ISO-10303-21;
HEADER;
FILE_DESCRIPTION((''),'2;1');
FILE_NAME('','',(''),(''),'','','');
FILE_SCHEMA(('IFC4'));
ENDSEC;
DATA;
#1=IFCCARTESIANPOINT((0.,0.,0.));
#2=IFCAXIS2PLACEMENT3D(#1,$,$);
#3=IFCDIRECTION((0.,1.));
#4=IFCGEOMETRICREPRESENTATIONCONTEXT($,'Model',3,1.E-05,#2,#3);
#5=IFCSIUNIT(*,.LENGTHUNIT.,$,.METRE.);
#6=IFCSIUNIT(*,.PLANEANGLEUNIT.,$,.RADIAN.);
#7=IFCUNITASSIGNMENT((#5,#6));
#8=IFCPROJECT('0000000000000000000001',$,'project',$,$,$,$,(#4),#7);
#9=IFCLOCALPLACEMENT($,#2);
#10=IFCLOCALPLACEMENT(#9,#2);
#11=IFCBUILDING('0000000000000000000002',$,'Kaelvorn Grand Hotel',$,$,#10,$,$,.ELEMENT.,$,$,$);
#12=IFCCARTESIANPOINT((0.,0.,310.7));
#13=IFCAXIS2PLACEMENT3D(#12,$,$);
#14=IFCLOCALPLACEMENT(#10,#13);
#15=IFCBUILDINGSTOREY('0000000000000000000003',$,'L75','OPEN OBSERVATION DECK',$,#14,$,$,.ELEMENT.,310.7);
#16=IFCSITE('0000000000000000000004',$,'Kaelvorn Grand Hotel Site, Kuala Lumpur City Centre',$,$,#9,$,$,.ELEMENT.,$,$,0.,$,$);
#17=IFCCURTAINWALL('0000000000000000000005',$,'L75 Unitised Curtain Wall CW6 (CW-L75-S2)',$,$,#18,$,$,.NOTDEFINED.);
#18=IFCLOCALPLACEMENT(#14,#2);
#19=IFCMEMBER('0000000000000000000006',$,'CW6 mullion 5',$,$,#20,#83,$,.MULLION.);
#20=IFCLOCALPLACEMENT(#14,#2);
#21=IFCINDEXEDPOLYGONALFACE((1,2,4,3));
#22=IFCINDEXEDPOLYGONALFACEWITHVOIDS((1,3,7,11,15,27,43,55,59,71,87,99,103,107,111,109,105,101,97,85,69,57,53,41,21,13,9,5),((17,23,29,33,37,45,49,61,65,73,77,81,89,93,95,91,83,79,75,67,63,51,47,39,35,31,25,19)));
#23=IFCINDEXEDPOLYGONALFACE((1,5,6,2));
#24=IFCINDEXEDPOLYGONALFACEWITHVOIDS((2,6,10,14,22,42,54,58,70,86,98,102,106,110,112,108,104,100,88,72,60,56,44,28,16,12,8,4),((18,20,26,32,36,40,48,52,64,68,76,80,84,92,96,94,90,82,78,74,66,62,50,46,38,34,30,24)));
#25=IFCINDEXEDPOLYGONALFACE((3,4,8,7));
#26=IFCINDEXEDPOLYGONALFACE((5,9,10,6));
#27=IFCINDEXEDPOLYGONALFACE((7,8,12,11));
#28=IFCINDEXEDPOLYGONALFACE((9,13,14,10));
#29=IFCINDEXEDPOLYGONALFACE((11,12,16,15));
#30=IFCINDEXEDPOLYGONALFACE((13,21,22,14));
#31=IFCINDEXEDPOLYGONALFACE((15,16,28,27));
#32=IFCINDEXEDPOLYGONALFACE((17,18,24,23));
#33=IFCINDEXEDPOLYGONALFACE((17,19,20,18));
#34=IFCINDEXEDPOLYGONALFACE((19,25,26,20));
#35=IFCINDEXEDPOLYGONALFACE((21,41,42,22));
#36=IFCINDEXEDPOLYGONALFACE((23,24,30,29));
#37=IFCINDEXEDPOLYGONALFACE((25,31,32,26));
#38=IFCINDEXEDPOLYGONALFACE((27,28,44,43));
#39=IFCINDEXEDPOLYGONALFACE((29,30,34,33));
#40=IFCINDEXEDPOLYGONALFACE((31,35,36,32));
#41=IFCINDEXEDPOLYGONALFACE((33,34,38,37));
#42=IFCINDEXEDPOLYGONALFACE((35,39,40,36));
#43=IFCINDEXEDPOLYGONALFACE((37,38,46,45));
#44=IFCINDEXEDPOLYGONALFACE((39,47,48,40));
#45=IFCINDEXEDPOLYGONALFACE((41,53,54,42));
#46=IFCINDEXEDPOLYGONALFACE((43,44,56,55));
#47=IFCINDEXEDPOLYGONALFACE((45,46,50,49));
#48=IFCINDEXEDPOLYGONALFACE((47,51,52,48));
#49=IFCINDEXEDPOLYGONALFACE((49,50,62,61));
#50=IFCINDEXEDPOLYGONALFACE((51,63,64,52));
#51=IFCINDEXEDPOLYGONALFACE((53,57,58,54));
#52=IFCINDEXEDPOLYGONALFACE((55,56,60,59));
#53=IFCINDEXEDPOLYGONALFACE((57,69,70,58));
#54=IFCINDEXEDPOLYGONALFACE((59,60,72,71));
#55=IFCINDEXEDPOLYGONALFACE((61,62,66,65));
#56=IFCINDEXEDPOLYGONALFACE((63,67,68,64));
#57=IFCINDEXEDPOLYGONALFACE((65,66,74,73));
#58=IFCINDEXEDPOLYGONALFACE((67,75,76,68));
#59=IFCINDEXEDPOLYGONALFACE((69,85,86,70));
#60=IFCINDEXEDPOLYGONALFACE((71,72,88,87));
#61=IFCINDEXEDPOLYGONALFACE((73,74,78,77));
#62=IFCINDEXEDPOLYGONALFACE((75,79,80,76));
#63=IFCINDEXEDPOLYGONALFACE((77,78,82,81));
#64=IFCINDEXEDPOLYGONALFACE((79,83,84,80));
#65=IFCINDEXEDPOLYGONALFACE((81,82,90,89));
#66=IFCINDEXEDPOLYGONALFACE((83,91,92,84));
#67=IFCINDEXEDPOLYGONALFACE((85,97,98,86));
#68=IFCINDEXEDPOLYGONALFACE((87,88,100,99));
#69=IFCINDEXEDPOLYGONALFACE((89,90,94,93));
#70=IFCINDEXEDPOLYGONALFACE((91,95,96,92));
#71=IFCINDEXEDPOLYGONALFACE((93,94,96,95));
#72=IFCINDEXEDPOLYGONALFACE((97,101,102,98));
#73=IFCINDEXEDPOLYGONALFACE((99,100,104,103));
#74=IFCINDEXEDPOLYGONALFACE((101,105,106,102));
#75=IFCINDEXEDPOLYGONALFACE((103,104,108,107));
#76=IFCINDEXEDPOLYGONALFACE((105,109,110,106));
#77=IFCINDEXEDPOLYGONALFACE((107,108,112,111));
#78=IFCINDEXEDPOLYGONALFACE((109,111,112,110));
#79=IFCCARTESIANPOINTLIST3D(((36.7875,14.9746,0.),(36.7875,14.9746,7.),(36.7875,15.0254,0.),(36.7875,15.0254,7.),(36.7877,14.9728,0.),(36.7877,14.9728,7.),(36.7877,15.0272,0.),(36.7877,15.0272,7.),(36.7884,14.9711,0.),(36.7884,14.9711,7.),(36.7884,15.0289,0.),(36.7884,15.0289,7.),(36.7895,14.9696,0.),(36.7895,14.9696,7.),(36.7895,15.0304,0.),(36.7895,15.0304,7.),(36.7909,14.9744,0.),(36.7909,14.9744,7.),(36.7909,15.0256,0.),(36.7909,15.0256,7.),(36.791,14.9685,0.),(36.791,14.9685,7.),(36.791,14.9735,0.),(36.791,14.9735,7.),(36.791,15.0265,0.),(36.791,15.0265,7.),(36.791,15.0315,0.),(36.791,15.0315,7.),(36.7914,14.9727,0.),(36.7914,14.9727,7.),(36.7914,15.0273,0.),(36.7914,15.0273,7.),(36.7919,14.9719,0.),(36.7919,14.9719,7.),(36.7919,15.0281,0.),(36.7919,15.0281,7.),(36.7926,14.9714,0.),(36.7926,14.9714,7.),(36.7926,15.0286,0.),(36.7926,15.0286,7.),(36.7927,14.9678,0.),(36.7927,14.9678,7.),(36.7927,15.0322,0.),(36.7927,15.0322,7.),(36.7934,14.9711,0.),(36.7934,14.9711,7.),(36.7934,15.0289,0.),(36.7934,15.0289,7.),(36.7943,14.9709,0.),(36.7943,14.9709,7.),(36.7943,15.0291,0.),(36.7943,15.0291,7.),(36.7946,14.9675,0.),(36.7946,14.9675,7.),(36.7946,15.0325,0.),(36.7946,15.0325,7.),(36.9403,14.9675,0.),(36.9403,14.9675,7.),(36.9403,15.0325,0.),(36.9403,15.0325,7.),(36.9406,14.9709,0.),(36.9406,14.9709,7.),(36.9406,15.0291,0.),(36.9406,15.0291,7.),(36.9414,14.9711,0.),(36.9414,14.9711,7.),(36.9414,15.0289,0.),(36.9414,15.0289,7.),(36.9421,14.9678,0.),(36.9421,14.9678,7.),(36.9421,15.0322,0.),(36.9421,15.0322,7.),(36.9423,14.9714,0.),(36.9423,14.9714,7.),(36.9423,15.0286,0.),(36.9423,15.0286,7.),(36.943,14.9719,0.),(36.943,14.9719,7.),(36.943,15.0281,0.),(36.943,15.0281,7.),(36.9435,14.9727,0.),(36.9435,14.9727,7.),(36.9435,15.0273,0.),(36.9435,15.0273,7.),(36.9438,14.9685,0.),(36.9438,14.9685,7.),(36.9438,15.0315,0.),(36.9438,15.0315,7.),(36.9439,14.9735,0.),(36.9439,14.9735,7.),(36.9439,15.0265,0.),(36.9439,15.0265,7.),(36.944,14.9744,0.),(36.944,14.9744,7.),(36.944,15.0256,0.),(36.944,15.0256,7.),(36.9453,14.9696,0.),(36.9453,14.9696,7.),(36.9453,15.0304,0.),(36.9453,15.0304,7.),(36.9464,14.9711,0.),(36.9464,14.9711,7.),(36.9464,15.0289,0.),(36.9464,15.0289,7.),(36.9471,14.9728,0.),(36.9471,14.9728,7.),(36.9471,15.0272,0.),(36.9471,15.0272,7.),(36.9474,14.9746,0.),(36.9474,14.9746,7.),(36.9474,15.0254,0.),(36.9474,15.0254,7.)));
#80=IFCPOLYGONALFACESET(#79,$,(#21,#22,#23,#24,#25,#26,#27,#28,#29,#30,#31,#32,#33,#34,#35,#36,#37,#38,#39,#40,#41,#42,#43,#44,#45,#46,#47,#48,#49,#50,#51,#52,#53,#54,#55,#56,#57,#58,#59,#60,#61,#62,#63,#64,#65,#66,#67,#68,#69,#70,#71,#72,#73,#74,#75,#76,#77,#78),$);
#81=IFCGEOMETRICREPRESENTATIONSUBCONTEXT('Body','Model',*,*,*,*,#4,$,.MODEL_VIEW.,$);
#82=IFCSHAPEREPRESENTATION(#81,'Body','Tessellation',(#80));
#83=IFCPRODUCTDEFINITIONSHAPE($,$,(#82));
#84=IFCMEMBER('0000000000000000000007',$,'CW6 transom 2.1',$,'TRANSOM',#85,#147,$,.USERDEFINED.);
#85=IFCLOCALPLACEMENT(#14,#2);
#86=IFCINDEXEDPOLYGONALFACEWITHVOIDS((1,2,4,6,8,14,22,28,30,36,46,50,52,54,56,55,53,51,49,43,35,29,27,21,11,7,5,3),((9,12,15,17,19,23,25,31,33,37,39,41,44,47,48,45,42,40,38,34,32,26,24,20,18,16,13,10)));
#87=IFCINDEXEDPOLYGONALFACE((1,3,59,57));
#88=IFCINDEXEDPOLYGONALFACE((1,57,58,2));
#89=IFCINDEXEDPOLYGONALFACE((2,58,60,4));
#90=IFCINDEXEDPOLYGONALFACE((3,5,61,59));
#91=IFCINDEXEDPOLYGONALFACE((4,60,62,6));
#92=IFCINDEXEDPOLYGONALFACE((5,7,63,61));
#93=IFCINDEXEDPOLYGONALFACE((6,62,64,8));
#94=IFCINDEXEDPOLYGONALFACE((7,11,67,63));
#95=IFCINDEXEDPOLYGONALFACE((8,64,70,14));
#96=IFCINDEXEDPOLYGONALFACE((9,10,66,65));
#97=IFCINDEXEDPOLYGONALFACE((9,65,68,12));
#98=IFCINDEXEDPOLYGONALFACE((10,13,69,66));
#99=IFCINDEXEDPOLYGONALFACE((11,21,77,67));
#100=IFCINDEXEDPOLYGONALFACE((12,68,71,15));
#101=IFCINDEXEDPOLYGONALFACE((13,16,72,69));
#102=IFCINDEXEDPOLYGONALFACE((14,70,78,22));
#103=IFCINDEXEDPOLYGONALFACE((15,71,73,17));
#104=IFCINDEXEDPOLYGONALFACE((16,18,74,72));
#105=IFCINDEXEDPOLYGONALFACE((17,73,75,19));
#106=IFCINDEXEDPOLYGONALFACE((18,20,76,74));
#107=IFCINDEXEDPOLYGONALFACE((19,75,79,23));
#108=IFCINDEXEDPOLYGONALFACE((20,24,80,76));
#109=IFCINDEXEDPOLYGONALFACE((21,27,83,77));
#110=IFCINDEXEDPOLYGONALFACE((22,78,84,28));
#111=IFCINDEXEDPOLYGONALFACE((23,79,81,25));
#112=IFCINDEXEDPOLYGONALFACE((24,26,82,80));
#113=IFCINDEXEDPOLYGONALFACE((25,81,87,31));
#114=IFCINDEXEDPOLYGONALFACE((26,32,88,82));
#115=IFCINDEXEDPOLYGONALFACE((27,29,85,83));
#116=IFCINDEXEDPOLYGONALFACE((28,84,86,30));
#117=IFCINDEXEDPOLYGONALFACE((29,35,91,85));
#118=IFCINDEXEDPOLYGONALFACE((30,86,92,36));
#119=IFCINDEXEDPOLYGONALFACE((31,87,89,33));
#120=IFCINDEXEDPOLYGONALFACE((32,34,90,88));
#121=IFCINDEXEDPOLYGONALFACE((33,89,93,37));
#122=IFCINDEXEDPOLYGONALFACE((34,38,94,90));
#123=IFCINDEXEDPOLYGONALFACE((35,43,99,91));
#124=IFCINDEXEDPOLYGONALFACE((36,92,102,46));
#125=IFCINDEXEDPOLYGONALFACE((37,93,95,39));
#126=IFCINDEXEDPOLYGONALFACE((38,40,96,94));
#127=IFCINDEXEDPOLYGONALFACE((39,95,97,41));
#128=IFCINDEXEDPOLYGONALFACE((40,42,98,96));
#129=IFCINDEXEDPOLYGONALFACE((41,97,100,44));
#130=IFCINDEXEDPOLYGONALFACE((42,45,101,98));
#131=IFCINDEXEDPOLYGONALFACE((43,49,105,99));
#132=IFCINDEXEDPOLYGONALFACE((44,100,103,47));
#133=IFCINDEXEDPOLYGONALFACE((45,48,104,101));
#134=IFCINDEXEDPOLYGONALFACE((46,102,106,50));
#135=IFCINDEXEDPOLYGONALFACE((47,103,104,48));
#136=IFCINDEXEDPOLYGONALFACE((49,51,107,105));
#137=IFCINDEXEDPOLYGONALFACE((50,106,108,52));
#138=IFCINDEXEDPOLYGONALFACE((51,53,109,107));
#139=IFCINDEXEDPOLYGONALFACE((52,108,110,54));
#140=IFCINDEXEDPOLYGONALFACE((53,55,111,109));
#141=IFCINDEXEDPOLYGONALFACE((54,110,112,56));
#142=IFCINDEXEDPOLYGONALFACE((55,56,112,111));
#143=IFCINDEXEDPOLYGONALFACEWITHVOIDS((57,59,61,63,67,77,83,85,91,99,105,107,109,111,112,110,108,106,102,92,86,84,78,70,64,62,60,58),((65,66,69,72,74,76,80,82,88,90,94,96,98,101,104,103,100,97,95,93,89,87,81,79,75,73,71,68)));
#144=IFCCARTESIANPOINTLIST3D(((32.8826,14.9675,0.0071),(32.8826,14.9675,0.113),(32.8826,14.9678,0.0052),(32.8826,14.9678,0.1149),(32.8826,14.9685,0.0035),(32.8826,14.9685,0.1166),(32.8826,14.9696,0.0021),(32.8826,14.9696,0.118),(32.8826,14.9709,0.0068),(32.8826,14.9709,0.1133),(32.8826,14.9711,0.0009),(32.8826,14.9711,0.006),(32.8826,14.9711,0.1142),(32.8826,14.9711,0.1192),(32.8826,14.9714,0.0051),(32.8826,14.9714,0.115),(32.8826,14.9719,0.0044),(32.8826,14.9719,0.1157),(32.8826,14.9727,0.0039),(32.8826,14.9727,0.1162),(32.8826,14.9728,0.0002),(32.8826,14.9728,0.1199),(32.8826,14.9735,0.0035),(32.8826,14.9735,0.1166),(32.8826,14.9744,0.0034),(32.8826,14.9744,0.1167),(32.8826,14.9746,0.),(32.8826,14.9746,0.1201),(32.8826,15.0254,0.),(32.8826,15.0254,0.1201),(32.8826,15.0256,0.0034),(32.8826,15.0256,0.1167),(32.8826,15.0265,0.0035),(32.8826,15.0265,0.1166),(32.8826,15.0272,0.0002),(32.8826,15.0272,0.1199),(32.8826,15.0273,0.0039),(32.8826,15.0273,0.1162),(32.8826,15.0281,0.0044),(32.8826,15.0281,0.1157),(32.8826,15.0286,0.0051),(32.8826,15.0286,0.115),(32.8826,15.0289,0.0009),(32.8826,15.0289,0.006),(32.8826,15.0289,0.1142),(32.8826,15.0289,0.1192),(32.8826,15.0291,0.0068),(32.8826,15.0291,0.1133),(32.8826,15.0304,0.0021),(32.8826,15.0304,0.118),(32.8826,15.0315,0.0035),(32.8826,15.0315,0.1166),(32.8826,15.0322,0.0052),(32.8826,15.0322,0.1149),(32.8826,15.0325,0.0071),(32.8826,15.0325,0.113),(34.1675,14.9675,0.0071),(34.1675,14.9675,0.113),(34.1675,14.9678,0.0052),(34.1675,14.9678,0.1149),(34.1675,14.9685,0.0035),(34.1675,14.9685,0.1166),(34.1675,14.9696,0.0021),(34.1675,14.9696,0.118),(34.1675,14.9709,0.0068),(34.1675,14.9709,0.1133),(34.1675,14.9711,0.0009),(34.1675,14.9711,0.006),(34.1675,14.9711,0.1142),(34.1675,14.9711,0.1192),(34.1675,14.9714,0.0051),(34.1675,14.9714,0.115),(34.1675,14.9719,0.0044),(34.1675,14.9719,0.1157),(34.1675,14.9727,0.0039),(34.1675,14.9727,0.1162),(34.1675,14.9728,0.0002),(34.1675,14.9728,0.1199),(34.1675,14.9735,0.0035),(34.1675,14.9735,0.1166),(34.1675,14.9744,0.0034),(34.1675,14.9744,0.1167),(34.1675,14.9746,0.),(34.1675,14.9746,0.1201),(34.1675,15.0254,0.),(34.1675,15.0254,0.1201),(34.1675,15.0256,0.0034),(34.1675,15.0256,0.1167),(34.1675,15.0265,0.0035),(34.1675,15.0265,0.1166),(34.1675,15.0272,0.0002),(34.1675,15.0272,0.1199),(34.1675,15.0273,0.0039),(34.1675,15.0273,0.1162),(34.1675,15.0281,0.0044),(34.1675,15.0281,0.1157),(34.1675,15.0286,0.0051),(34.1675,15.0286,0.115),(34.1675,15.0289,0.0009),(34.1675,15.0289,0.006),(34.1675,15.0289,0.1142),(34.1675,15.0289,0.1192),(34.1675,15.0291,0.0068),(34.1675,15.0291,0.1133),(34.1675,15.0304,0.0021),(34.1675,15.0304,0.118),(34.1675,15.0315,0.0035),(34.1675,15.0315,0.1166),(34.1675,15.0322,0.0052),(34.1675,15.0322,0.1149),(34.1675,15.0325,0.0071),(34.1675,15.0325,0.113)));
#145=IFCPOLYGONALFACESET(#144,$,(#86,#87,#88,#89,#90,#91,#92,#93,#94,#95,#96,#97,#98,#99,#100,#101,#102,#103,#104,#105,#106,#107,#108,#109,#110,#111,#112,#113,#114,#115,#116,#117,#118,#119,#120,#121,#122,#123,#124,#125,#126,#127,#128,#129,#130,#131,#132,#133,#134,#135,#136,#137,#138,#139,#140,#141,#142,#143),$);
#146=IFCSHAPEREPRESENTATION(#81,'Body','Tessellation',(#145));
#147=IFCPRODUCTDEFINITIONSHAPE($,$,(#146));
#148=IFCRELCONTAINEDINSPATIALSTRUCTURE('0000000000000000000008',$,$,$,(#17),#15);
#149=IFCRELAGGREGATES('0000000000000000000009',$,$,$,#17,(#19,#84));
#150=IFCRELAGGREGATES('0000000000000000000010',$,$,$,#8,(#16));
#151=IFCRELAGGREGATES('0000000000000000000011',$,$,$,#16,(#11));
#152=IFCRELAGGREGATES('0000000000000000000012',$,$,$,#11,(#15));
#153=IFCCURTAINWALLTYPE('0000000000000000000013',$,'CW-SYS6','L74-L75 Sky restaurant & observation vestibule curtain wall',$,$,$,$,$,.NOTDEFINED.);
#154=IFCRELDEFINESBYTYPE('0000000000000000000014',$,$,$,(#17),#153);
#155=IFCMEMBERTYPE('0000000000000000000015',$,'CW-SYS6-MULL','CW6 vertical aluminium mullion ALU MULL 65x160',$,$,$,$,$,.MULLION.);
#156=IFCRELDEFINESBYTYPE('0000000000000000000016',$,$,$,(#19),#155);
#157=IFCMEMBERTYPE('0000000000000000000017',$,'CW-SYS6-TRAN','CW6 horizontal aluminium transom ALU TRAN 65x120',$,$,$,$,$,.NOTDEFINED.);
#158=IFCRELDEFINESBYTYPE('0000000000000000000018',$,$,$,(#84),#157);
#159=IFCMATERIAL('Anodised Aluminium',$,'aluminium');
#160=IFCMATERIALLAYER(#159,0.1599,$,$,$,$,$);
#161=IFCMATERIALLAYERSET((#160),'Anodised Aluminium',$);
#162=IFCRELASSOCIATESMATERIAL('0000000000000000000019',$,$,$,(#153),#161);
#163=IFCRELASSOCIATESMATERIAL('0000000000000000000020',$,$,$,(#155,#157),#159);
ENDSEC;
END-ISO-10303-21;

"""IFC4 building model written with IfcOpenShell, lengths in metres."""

from ifc_helpers import new_model, si_unit, direction, frame, origin, origin_2d, place, context, subcontext, project, spatial, hollow_rectangle, extrude, material, layer, layer_set, material_profile, profile_set, type_object, element, aggregate, save


model = new_model("IFC4")

# Units and contexts
model_context = context("Model", 3, precision=1e-05, world=origin(), true_north=direction((0.0, 1.0)))
body_context = subcontext(model_context, "Body", "Model", "MODEL_VIEW")
ifc_project = project(units=[si_unit("LENGTHUNIT", "METRE"), si_unit("PLANEANGLEUNIT", "RADIAN")], contexts=[model_context])

# Site, building, storey
site_placement = place(None, origin())
site = spatial("IfcSite", under=ifc_project, at=site_placement, Name="Kaelvorn Grand Hotel Site, Kuala Lumpur City Centre", CompositionType="ELEMENT", RefElevation=0.0)
building_placement = place(site_placement, origin())
building = spatial("IfcBuilding", under=site, at=building_placement, Name="Kaelvorn Grand Hotel", CompositionType="ELEMENT")
storey_placement = place(building_placement, frame((0.0, 0.0, 310.7)))
storey = spatial("IfcBuildingStorey", under=building, at=storey_placement, Name="L75", Description="OPEN OBSERVATION DECK", CompositionType="ELEMENT", Elevation=310.7)

# Curtain wall, members
ifc_material_1 = material(Name="Anodised Aluminium", Category="aluminium")
ifc_layer_1 = layer(ifc_material_1, 0.1599)
ifc_layer_set_1 = layer_set([ifc_layer_1], Name="Anodised Aluminium")
curtain_wall_type = type_object("IfcCurtainWallType", Name="CW-SYS6", Description="L74-L75 Sky restaurant & observation vestibule curtain wall", PredefinedType="NOTDEFINED", material=ifc_layer_set_1)
curtain_wall_placement = place(storey_placement, origin())
curtain_wall = element("IfcCurtainWall", 1, at=curtain_wall_placement, inside=storey, type_object=curtain_wall_type, Name="L75 Unitised Curtain Wall CW6 (CW-L75-S2)", PredefinedType="NOTDEFINED")
ifc_material_profile_1 = material_profile(ifc_material_1, hollow_rectangle(XDim=0.0649, YDim=0.1599, WallThickness=0.0034, InnerFilletRadius=0.0034, OuterFilletRadius=0.0071, at=origin_2d()), Name="ALU MULL 65x160")
ifc_profile_set_1 = profile_set([ifc_material_profile_1], Name="Anodised Aluminium")
member_type_1 = type_object("IfcMemberType", Name="CW-SYS6-MULL", Description="CW6 vertical aluminium mullion ALU MULL 65x160", PredefinedType="MULLION", material=ifc_profile_set_1)
member_1_placement = place(storey_placement, frame((36.8674, 15.0, 0.0), z_axis=(0.0, 0.0, 1.0), x_axis=(0.0, 1.0, 0.0)))
member_1 = element("IfcMember", 2, at=member_1_placement, type_object=member_type_1, Name="CW6 mullion 5", PredefinedType="MULLION", context=body_context, shape_type="SweptSolid", body=[
    extrude(hollow_rectangle(XDim=0.0649, YDim=0.1599, WallThickness=0.0034, InnerFilletRadius=0.0034, OuterFilletRadius=0.0071, at=origin_2d()), origin(), (0.0, 0.0, 1.0), 7.0),
])
ifc_material_profile_2 = material_profile(ifc_material_1, hollow_rectangle(XDim=0.0649, YDim=0.1201, WallThickness=0.0034, InnerFilletRadius=0.0034, OuterFilletRadius=0.0071, at=origin_2d()), Name="ALU TRAN 65x120")
ifc_profile_set_2 = profile_set([ifc_material_profile_2], Name="Anodised Aluminium")
member_type_2 = type_object("IfcMemberType", Name="CW-SYS6-TRAN", Description="CW6 horizontal aluminium transom ALU TRAN 65x120", PredefinedType="NOTDEFINED", material=ifc_profile_set_2)
member_2_placement = place(storey_placement, frame((32.8826, 15.0, 0.0601), z_axis=(1.0, 0.0, 0.0), x_axis=(0.0, 1.0, 0.0)))
member_2 = element("IfcMember", 3, at=member_2_placement, type_object=member_type_2, Name="CW6 transom 2.1", ObjectType="TRANSOM", PredefinedType="USERDEFINED", context=body_context, shape_type="SweptSolid", body=[
    extrude(hollow_rectangle(XDim=0.0649, YDim=0.1201, WallThickness=0.0034, InnerFilletRadius=0.0034, OuterFilletRadius=0.0071, at=origin_2d()), origin(), (0.0, 0.0, 1.0), 1.2849),
])

aggregate(curtain_wall, [member_1, member_2])

save(model, "model.ifc")
